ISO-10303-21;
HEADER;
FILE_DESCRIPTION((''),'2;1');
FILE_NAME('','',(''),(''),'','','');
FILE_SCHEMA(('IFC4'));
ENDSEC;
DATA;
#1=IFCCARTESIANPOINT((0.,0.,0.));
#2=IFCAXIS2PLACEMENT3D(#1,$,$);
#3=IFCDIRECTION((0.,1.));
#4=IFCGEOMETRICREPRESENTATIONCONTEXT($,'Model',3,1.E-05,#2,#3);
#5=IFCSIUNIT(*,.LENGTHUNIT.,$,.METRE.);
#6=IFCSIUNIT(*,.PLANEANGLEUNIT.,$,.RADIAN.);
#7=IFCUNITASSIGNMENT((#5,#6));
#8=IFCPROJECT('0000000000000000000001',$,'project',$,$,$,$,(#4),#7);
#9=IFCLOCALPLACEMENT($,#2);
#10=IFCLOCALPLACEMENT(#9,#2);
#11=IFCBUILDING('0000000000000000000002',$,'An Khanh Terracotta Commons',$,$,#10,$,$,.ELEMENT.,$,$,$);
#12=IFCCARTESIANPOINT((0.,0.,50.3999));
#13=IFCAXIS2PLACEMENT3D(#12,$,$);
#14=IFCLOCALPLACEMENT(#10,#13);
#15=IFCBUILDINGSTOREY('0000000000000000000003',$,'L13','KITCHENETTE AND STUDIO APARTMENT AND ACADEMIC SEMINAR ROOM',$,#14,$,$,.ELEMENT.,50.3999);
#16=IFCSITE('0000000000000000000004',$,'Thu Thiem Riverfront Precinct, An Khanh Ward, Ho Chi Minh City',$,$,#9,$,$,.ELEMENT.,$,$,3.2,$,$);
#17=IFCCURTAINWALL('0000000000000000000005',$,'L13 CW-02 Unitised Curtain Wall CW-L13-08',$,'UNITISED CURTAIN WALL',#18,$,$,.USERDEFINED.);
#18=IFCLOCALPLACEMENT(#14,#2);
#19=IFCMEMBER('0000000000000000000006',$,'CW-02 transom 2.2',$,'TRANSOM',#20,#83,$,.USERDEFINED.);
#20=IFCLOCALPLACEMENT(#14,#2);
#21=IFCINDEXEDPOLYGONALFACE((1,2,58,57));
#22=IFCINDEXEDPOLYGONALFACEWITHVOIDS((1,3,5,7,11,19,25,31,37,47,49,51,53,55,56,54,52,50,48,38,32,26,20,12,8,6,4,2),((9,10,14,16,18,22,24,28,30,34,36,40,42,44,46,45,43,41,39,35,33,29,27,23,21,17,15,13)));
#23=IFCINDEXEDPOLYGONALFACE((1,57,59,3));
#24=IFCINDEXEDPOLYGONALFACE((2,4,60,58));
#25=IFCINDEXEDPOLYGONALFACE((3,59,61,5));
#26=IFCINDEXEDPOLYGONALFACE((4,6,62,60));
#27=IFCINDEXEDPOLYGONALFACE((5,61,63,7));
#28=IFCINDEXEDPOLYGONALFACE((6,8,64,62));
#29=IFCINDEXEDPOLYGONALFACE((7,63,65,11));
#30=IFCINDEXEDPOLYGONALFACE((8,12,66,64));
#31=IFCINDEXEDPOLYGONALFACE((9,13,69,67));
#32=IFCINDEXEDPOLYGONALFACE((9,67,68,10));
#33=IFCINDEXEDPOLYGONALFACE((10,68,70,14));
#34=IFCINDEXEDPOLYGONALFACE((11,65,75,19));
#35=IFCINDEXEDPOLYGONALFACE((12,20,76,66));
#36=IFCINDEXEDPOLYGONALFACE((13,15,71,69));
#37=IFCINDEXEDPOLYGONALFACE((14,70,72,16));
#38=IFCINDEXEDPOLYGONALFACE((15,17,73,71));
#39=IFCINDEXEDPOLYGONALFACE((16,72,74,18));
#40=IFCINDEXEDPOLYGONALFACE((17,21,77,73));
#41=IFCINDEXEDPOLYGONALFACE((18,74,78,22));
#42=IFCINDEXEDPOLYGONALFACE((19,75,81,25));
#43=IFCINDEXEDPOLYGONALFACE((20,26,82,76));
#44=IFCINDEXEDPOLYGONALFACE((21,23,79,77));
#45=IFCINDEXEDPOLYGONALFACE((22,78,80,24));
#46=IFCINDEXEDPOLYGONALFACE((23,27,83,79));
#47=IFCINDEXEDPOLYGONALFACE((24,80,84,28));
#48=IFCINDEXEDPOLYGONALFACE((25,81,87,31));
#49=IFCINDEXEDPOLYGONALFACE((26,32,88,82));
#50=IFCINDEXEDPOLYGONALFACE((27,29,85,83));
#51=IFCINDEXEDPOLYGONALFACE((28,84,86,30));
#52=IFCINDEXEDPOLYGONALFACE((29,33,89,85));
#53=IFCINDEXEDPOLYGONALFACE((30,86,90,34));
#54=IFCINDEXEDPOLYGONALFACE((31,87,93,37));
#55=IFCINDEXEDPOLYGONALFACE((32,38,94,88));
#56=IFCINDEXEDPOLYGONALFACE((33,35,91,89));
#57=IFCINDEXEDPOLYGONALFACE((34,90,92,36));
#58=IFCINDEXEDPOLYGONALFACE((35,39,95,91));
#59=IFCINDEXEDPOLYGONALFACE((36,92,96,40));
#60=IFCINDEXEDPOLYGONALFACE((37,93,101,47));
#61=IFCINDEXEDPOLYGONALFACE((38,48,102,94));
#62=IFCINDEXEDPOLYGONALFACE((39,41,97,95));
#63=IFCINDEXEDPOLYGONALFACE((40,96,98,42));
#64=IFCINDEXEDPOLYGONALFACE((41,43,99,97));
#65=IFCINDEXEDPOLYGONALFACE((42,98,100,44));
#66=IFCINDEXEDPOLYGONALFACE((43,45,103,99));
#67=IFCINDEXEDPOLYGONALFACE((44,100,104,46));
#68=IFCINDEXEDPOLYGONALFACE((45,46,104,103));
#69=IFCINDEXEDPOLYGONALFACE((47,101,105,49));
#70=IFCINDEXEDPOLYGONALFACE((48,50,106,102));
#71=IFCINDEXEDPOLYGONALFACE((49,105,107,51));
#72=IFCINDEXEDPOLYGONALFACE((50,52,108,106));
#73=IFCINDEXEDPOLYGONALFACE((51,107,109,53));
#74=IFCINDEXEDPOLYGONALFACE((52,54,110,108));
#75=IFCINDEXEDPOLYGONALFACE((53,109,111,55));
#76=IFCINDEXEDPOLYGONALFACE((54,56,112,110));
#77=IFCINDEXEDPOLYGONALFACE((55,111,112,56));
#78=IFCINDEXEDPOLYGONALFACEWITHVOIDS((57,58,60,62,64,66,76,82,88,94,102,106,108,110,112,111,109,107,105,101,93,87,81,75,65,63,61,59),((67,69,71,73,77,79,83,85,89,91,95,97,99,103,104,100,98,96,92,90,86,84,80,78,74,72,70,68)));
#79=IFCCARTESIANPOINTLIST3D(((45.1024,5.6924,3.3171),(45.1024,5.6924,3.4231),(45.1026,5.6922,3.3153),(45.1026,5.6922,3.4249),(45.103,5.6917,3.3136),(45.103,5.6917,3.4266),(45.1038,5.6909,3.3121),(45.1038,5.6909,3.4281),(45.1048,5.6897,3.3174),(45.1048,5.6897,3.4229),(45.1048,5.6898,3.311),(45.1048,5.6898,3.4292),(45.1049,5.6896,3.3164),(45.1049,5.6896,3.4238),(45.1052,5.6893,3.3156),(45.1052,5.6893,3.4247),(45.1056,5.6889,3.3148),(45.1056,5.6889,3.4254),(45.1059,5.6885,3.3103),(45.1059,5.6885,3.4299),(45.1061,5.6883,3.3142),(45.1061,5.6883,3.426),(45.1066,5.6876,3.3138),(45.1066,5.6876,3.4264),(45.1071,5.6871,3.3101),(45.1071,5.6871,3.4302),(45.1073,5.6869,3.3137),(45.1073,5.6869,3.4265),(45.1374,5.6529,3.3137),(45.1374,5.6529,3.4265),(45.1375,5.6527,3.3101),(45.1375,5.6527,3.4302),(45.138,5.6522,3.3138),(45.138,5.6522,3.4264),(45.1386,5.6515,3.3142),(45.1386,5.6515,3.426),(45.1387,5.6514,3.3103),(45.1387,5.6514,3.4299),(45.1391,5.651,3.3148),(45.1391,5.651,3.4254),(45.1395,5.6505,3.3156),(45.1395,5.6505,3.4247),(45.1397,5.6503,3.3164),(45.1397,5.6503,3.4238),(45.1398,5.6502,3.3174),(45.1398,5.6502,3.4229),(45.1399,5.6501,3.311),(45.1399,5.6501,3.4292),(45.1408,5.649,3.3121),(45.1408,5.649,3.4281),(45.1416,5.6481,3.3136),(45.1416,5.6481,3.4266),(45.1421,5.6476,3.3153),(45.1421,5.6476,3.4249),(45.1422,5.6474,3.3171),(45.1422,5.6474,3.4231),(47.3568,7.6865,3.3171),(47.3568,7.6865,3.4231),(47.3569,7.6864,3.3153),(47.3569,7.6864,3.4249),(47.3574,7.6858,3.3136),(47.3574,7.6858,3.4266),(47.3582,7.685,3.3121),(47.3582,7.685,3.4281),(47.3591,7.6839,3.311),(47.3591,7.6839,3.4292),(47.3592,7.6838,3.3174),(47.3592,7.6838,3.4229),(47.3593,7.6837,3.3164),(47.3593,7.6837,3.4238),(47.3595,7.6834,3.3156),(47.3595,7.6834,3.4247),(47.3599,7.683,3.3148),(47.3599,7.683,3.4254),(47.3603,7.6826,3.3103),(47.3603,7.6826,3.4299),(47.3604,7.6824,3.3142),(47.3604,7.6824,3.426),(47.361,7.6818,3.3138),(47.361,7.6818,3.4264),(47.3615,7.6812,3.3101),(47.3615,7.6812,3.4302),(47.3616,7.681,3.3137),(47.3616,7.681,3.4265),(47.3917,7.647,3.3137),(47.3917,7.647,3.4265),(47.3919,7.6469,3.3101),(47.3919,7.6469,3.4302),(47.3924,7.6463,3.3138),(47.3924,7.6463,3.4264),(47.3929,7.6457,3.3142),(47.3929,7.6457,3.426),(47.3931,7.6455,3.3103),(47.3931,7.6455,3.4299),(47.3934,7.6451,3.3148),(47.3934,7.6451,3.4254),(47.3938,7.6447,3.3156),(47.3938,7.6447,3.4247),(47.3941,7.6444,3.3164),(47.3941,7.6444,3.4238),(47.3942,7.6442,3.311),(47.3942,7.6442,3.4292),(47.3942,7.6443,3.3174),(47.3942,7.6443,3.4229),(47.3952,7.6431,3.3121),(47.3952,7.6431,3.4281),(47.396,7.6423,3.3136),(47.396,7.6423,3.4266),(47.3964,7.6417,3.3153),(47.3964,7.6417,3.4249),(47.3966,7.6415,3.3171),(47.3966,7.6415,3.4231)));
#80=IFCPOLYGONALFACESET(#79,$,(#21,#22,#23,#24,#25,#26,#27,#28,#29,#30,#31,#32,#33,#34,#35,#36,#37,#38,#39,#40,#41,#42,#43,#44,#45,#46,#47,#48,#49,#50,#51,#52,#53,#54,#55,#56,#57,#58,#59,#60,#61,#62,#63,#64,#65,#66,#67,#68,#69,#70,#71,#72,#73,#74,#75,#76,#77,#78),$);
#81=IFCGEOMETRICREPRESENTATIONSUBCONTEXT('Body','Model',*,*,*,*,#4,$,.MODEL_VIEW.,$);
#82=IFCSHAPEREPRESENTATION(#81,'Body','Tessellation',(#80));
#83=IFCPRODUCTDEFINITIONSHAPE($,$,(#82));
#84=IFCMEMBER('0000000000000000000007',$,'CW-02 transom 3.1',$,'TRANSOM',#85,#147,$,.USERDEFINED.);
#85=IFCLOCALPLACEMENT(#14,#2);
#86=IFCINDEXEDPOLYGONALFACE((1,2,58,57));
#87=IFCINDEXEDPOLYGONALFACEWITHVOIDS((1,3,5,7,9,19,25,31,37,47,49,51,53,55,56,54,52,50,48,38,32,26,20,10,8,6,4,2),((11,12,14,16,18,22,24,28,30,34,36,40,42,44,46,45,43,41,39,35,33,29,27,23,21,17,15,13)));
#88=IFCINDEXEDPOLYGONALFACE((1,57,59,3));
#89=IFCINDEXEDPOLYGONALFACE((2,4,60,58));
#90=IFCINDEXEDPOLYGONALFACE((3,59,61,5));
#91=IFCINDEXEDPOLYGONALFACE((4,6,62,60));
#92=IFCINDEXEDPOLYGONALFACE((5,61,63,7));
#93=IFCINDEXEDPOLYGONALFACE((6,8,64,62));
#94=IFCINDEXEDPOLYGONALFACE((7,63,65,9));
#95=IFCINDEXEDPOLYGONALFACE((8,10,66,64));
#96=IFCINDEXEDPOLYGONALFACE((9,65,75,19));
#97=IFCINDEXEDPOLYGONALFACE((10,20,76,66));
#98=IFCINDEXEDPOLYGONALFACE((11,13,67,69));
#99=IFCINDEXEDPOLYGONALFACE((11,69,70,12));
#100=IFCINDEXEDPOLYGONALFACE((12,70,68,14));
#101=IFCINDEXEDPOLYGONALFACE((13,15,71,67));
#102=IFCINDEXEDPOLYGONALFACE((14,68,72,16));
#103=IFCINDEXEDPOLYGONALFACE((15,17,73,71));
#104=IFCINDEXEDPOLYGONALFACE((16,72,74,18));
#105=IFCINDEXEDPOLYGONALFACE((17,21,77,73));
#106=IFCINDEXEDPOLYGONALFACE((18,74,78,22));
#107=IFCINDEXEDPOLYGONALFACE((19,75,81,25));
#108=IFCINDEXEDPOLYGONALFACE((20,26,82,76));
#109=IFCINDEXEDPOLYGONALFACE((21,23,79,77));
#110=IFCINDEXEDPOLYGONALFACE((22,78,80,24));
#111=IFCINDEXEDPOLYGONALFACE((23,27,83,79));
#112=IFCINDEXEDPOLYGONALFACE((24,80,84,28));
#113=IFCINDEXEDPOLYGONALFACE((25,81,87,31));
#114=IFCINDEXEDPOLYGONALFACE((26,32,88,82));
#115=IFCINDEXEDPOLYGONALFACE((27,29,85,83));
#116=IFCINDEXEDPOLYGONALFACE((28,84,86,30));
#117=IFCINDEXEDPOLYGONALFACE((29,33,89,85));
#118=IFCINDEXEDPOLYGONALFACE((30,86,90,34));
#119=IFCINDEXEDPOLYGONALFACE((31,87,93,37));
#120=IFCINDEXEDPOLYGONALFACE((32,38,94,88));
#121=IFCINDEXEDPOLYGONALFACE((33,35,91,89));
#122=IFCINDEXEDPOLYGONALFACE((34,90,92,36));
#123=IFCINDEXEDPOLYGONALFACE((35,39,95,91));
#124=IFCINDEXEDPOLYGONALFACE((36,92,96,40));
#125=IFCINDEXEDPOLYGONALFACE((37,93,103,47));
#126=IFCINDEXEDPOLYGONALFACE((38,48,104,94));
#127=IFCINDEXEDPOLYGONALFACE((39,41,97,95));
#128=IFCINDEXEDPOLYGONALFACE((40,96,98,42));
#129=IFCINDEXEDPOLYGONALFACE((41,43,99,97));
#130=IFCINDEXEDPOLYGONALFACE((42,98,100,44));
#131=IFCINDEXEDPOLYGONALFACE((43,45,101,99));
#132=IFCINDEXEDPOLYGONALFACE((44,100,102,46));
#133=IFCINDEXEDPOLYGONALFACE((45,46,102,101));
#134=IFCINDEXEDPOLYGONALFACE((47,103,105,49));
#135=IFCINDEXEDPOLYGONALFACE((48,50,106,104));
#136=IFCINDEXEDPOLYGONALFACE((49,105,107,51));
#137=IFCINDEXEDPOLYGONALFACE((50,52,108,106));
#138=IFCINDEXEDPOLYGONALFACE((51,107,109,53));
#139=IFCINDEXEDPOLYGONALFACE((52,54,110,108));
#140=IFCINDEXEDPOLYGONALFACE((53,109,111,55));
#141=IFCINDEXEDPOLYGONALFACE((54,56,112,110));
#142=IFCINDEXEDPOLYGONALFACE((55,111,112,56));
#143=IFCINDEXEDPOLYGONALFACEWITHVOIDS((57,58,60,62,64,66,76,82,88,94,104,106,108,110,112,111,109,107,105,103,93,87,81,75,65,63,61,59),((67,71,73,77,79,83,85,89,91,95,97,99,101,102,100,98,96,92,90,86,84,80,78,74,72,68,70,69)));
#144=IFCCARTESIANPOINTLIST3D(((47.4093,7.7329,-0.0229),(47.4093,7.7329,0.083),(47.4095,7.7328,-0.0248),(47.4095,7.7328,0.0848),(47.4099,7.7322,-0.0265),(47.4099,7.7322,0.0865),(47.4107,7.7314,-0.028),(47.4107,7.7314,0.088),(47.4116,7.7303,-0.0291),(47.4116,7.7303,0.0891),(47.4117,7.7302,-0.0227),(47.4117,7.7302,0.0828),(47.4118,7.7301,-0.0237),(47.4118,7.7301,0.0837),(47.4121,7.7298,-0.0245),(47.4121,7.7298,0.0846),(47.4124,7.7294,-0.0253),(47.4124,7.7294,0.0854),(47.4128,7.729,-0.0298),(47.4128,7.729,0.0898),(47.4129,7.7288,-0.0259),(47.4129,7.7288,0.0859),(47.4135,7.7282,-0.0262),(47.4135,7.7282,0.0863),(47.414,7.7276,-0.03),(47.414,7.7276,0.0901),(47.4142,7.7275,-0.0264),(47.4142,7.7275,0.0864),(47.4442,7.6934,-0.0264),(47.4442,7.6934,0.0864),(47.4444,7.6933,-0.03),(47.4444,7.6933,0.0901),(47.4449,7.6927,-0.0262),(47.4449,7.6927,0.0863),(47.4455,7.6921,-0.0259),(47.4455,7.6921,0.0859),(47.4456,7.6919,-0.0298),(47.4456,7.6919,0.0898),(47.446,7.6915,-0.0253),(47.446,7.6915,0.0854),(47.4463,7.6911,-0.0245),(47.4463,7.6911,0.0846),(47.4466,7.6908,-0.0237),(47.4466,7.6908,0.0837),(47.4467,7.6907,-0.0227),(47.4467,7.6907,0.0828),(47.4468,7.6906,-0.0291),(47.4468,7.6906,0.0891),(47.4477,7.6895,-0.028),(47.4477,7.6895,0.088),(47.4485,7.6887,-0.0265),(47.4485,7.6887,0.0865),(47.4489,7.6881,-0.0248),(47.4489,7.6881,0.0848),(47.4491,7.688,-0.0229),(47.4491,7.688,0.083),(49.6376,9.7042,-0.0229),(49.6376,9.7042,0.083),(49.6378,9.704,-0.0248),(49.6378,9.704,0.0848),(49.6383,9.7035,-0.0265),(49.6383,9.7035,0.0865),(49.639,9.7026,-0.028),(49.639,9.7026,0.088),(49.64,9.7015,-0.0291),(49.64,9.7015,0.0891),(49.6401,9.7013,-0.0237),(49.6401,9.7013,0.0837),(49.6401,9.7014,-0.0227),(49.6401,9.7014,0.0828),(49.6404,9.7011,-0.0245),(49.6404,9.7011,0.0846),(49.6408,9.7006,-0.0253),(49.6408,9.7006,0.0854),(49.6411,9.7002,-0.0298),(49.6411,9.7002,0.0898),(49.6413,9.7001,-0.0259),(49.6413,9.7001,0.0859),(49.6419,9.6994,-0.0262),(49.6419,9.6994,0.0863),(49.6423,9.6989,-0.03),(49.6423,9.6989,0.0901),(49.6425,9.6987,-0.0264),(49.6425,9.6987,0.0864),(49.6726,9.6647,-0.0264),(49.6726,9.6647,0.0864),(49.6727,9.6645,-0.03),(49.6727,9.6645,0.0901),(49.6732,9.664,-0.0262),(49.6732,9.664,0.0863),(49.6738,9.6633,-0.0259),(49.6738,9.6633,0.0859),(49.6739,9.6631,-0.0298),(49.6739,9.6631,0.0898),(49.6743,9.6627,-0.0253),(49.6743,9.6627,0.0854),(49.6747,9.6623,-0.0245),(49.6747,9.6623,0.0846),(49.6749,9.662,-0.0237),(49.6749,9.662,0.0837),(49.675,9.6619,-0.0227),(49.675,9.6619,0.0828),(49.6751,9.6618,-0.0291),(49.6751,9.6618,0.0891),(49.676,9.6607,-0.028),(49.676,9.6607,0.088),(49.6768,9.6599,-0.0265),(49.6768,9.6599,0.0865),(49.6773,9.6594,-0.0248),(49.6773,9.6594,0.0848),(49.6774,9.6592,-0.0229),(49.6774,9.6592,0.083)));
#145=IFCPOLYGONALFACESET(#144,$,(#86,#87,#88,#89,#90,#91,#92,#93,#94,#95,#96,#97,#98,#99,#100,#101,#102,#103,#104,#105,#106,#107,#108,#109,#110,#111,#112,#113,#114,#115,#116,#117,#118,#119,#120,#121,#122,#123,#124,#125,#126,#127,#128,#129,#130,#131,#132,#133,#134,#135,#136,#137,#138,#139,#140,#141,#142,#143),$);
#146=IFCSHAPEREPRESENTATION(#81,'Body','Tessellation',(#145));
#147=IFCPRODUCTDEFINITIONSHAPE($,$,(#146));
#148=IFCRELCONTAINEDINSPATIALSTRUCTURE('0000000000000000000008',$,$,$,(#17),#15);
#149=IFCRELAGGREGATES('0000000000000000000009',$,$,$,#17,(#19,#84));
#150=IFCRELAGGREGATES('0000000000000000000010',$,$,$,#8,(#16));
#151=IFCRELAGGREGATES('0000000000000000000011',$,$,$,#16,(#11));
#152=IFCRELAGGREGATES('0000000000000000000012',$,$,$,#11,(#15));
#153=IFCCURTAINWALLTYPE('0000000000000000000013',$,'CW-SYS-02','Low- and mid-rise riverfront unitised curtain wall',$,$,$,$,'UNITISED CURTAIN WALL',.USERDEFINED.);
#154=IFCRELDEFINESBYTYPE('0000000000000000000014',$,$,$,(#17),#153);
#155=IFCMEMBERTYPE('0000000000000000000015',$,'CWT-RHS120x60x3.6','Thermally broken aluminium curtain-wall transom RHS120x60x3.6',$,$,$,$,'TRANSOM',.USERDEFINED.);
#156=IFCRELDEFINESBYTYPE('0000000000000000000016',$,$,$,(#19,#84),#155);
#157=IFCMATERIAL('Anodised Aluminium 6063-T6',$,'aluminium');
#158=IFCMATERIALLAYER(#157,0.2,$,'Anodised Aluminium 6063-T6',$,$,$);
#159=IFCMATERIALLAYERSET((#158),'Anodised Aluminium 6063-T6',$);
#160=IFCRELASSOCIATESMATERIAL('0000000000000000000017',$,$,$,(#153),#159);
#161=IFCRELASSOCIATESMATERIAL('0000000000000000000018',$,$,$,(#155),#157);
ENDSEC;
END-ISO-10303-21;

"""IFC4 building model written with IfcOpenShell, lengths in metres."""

from ifc_helpers import new_model, si_unit, direction, frame, origin, origin_2d, place, context, subcontext, project, spatial, hollow_rectangle, extrude, material, layer, layer_set, material_profile, profile_set, type_object, element, aggregate, save


model = new_model("IFC4")

# Units and contexts
model_context = context("Model", 3, precision=1e-05, world=origin(), true_north=direction((0.0, 1.0)))
body_context = subcontext(model_context, "Body", "Model", "MODEL_VIEW")
ifc_project = project(units=[si_unit("LENGTHUNIT", "METRE"), si_unit("PLANEANGLEUNIT", "RADIAN")], contexts=[model_context])

# Site, building, storey
site_placement = place(None, origin())
site = spatial("IfcSite", under=ifc_project, at=site_placement, Name="Thu Thiem Riverfront Precinct, An Khanh Ward, Ho Chi Minh City", CompositionType="ELEMENT", RefElevation=3.2)
building_placement = place(site_placement, origin())
building = spatial("IfcBuilding", under=site, at=building_placement, Name="An Khanh Terracotta Commons", CompositionType="ELEMENT")
storey_placement = place(building_placement, frame((0.0, 0.0, 50.3999)))
storey = spatial("IfcBuildingStorey", under=building, at=storey_placement, Name="L13", Description="KITCHENETTE AND STUDIO APARTMENT AND ACADEMIC SEMINAR ROOM", CompositionType="ELEMENT", Elevation=50.3999)

# Curtain wall
ifc_material_1 = material(Name="Anodised Aluminium 6063-T6", Category="aluminium")
ifc_layer_1 = layer(ifc_material_1, 0.2, Name="Anodised Aluminium 6063-T6")
ifc_layer_set_1 = layer_set([ifc_layer_1], Name="Anodised Aluminium 6063-T6")
curtain_wall_type = type_object("IfcCurtainWallType", Name="CW-SYS-02", Description="Low- and mid-rise riverfront unitised curtain wall", ElementType="UNITISED CURTAIN WALL", PredefinedType="USERDEFINED", material=ifc_layer_set_1)
curtain_wall_1_placement = place(storey_placement, origin())
curtain_wall_1 = element("IfcCurtainWall", 1, at=curtain_wall_1_placement, inside=storey, type_object=curtain_wall_type, Name="L13 CW-02 Unitised Curtain Wall CW-L13-08", ObjectType="UNITISED CURTAIN WALL", PredefinedType="USERDEFINED")

# Members
ifc_material_profile_1 = material_profile(ifc_material_1, hollow_rectangle(XDim=0.0601, YDim=0.1201, WallThickness=0.0037, InnerFilletRadius=0.0037, OuterFilletRadius=0.0071, at=origin_2d()), Name="RHS120x60x3.6")
ifc_profile_set_1 = profile_set([ifc_material_profile_1], Name="Anodised Aluminium 6063-T6")
member_type_1 = type_object("IfcMemberType", Name="CWT-RHS120x60x3.6", Description="Thermally broken aluminium curtain-wall transom RHS120x60x3.6", ElementType="TRANSOM", PredefinedType="USERDEFINED", material=ifc_profile_set_1)
member_1_placement = place(storey_placement, frame((45.1223, 5.6699, 3.3701), z_axis=(0.749018, 0.662549, 0.0), x_axis=(-0.662549, 0.749018, 0.0)))
member_1 = element("IfcMember", 2, at=member_1_placement, type_object=member_type_1, Name="CW-02 transom 2.2", ObjectType="TRANSOM", PredefinedType="USERDEFINED", context=body_context, shape_type="SweptSolid", body=[
    extrude(hollow_rectangle(XDim=0.0601, YDim=0.1201, WallThickness=0.0037, InnerFilletRadius=0.0037, OuterFilletRadius=0.0071, at=origin_2d()), origin(), (0.0, 0.0, 1.0), 3.0098),
])
member_2_placement = place(storey_placement, frame((47.4292, 7.7104, 0.03), z_axis=(0.748992, 0.662579, 0.0), x_axis=(-0.662579, 0.748992, 0.0)))
member_2 = element("IfcMember", 3, at=member_2_placement, type_object=member_type_1, Name="CW-02 transom 3.1", ObjectType="TRANSOM", PredefinedType="USERDEFINED", context=body_context, shape_type="SweptSolid", body=[
    extrude(hollow_rectangle(XDim=0.0601, YDim=0.1201, WallThickness=0.0037, InnerFilletRadius=0.0037, OuterFilletRadius=0.0071, at=origin_2d()), origin(), (0.0, 0.0, 1.0), 2.9751),
])

aggregate(curtain_wall_1, [member_1, member_2])

save(model, "model.ifc")
